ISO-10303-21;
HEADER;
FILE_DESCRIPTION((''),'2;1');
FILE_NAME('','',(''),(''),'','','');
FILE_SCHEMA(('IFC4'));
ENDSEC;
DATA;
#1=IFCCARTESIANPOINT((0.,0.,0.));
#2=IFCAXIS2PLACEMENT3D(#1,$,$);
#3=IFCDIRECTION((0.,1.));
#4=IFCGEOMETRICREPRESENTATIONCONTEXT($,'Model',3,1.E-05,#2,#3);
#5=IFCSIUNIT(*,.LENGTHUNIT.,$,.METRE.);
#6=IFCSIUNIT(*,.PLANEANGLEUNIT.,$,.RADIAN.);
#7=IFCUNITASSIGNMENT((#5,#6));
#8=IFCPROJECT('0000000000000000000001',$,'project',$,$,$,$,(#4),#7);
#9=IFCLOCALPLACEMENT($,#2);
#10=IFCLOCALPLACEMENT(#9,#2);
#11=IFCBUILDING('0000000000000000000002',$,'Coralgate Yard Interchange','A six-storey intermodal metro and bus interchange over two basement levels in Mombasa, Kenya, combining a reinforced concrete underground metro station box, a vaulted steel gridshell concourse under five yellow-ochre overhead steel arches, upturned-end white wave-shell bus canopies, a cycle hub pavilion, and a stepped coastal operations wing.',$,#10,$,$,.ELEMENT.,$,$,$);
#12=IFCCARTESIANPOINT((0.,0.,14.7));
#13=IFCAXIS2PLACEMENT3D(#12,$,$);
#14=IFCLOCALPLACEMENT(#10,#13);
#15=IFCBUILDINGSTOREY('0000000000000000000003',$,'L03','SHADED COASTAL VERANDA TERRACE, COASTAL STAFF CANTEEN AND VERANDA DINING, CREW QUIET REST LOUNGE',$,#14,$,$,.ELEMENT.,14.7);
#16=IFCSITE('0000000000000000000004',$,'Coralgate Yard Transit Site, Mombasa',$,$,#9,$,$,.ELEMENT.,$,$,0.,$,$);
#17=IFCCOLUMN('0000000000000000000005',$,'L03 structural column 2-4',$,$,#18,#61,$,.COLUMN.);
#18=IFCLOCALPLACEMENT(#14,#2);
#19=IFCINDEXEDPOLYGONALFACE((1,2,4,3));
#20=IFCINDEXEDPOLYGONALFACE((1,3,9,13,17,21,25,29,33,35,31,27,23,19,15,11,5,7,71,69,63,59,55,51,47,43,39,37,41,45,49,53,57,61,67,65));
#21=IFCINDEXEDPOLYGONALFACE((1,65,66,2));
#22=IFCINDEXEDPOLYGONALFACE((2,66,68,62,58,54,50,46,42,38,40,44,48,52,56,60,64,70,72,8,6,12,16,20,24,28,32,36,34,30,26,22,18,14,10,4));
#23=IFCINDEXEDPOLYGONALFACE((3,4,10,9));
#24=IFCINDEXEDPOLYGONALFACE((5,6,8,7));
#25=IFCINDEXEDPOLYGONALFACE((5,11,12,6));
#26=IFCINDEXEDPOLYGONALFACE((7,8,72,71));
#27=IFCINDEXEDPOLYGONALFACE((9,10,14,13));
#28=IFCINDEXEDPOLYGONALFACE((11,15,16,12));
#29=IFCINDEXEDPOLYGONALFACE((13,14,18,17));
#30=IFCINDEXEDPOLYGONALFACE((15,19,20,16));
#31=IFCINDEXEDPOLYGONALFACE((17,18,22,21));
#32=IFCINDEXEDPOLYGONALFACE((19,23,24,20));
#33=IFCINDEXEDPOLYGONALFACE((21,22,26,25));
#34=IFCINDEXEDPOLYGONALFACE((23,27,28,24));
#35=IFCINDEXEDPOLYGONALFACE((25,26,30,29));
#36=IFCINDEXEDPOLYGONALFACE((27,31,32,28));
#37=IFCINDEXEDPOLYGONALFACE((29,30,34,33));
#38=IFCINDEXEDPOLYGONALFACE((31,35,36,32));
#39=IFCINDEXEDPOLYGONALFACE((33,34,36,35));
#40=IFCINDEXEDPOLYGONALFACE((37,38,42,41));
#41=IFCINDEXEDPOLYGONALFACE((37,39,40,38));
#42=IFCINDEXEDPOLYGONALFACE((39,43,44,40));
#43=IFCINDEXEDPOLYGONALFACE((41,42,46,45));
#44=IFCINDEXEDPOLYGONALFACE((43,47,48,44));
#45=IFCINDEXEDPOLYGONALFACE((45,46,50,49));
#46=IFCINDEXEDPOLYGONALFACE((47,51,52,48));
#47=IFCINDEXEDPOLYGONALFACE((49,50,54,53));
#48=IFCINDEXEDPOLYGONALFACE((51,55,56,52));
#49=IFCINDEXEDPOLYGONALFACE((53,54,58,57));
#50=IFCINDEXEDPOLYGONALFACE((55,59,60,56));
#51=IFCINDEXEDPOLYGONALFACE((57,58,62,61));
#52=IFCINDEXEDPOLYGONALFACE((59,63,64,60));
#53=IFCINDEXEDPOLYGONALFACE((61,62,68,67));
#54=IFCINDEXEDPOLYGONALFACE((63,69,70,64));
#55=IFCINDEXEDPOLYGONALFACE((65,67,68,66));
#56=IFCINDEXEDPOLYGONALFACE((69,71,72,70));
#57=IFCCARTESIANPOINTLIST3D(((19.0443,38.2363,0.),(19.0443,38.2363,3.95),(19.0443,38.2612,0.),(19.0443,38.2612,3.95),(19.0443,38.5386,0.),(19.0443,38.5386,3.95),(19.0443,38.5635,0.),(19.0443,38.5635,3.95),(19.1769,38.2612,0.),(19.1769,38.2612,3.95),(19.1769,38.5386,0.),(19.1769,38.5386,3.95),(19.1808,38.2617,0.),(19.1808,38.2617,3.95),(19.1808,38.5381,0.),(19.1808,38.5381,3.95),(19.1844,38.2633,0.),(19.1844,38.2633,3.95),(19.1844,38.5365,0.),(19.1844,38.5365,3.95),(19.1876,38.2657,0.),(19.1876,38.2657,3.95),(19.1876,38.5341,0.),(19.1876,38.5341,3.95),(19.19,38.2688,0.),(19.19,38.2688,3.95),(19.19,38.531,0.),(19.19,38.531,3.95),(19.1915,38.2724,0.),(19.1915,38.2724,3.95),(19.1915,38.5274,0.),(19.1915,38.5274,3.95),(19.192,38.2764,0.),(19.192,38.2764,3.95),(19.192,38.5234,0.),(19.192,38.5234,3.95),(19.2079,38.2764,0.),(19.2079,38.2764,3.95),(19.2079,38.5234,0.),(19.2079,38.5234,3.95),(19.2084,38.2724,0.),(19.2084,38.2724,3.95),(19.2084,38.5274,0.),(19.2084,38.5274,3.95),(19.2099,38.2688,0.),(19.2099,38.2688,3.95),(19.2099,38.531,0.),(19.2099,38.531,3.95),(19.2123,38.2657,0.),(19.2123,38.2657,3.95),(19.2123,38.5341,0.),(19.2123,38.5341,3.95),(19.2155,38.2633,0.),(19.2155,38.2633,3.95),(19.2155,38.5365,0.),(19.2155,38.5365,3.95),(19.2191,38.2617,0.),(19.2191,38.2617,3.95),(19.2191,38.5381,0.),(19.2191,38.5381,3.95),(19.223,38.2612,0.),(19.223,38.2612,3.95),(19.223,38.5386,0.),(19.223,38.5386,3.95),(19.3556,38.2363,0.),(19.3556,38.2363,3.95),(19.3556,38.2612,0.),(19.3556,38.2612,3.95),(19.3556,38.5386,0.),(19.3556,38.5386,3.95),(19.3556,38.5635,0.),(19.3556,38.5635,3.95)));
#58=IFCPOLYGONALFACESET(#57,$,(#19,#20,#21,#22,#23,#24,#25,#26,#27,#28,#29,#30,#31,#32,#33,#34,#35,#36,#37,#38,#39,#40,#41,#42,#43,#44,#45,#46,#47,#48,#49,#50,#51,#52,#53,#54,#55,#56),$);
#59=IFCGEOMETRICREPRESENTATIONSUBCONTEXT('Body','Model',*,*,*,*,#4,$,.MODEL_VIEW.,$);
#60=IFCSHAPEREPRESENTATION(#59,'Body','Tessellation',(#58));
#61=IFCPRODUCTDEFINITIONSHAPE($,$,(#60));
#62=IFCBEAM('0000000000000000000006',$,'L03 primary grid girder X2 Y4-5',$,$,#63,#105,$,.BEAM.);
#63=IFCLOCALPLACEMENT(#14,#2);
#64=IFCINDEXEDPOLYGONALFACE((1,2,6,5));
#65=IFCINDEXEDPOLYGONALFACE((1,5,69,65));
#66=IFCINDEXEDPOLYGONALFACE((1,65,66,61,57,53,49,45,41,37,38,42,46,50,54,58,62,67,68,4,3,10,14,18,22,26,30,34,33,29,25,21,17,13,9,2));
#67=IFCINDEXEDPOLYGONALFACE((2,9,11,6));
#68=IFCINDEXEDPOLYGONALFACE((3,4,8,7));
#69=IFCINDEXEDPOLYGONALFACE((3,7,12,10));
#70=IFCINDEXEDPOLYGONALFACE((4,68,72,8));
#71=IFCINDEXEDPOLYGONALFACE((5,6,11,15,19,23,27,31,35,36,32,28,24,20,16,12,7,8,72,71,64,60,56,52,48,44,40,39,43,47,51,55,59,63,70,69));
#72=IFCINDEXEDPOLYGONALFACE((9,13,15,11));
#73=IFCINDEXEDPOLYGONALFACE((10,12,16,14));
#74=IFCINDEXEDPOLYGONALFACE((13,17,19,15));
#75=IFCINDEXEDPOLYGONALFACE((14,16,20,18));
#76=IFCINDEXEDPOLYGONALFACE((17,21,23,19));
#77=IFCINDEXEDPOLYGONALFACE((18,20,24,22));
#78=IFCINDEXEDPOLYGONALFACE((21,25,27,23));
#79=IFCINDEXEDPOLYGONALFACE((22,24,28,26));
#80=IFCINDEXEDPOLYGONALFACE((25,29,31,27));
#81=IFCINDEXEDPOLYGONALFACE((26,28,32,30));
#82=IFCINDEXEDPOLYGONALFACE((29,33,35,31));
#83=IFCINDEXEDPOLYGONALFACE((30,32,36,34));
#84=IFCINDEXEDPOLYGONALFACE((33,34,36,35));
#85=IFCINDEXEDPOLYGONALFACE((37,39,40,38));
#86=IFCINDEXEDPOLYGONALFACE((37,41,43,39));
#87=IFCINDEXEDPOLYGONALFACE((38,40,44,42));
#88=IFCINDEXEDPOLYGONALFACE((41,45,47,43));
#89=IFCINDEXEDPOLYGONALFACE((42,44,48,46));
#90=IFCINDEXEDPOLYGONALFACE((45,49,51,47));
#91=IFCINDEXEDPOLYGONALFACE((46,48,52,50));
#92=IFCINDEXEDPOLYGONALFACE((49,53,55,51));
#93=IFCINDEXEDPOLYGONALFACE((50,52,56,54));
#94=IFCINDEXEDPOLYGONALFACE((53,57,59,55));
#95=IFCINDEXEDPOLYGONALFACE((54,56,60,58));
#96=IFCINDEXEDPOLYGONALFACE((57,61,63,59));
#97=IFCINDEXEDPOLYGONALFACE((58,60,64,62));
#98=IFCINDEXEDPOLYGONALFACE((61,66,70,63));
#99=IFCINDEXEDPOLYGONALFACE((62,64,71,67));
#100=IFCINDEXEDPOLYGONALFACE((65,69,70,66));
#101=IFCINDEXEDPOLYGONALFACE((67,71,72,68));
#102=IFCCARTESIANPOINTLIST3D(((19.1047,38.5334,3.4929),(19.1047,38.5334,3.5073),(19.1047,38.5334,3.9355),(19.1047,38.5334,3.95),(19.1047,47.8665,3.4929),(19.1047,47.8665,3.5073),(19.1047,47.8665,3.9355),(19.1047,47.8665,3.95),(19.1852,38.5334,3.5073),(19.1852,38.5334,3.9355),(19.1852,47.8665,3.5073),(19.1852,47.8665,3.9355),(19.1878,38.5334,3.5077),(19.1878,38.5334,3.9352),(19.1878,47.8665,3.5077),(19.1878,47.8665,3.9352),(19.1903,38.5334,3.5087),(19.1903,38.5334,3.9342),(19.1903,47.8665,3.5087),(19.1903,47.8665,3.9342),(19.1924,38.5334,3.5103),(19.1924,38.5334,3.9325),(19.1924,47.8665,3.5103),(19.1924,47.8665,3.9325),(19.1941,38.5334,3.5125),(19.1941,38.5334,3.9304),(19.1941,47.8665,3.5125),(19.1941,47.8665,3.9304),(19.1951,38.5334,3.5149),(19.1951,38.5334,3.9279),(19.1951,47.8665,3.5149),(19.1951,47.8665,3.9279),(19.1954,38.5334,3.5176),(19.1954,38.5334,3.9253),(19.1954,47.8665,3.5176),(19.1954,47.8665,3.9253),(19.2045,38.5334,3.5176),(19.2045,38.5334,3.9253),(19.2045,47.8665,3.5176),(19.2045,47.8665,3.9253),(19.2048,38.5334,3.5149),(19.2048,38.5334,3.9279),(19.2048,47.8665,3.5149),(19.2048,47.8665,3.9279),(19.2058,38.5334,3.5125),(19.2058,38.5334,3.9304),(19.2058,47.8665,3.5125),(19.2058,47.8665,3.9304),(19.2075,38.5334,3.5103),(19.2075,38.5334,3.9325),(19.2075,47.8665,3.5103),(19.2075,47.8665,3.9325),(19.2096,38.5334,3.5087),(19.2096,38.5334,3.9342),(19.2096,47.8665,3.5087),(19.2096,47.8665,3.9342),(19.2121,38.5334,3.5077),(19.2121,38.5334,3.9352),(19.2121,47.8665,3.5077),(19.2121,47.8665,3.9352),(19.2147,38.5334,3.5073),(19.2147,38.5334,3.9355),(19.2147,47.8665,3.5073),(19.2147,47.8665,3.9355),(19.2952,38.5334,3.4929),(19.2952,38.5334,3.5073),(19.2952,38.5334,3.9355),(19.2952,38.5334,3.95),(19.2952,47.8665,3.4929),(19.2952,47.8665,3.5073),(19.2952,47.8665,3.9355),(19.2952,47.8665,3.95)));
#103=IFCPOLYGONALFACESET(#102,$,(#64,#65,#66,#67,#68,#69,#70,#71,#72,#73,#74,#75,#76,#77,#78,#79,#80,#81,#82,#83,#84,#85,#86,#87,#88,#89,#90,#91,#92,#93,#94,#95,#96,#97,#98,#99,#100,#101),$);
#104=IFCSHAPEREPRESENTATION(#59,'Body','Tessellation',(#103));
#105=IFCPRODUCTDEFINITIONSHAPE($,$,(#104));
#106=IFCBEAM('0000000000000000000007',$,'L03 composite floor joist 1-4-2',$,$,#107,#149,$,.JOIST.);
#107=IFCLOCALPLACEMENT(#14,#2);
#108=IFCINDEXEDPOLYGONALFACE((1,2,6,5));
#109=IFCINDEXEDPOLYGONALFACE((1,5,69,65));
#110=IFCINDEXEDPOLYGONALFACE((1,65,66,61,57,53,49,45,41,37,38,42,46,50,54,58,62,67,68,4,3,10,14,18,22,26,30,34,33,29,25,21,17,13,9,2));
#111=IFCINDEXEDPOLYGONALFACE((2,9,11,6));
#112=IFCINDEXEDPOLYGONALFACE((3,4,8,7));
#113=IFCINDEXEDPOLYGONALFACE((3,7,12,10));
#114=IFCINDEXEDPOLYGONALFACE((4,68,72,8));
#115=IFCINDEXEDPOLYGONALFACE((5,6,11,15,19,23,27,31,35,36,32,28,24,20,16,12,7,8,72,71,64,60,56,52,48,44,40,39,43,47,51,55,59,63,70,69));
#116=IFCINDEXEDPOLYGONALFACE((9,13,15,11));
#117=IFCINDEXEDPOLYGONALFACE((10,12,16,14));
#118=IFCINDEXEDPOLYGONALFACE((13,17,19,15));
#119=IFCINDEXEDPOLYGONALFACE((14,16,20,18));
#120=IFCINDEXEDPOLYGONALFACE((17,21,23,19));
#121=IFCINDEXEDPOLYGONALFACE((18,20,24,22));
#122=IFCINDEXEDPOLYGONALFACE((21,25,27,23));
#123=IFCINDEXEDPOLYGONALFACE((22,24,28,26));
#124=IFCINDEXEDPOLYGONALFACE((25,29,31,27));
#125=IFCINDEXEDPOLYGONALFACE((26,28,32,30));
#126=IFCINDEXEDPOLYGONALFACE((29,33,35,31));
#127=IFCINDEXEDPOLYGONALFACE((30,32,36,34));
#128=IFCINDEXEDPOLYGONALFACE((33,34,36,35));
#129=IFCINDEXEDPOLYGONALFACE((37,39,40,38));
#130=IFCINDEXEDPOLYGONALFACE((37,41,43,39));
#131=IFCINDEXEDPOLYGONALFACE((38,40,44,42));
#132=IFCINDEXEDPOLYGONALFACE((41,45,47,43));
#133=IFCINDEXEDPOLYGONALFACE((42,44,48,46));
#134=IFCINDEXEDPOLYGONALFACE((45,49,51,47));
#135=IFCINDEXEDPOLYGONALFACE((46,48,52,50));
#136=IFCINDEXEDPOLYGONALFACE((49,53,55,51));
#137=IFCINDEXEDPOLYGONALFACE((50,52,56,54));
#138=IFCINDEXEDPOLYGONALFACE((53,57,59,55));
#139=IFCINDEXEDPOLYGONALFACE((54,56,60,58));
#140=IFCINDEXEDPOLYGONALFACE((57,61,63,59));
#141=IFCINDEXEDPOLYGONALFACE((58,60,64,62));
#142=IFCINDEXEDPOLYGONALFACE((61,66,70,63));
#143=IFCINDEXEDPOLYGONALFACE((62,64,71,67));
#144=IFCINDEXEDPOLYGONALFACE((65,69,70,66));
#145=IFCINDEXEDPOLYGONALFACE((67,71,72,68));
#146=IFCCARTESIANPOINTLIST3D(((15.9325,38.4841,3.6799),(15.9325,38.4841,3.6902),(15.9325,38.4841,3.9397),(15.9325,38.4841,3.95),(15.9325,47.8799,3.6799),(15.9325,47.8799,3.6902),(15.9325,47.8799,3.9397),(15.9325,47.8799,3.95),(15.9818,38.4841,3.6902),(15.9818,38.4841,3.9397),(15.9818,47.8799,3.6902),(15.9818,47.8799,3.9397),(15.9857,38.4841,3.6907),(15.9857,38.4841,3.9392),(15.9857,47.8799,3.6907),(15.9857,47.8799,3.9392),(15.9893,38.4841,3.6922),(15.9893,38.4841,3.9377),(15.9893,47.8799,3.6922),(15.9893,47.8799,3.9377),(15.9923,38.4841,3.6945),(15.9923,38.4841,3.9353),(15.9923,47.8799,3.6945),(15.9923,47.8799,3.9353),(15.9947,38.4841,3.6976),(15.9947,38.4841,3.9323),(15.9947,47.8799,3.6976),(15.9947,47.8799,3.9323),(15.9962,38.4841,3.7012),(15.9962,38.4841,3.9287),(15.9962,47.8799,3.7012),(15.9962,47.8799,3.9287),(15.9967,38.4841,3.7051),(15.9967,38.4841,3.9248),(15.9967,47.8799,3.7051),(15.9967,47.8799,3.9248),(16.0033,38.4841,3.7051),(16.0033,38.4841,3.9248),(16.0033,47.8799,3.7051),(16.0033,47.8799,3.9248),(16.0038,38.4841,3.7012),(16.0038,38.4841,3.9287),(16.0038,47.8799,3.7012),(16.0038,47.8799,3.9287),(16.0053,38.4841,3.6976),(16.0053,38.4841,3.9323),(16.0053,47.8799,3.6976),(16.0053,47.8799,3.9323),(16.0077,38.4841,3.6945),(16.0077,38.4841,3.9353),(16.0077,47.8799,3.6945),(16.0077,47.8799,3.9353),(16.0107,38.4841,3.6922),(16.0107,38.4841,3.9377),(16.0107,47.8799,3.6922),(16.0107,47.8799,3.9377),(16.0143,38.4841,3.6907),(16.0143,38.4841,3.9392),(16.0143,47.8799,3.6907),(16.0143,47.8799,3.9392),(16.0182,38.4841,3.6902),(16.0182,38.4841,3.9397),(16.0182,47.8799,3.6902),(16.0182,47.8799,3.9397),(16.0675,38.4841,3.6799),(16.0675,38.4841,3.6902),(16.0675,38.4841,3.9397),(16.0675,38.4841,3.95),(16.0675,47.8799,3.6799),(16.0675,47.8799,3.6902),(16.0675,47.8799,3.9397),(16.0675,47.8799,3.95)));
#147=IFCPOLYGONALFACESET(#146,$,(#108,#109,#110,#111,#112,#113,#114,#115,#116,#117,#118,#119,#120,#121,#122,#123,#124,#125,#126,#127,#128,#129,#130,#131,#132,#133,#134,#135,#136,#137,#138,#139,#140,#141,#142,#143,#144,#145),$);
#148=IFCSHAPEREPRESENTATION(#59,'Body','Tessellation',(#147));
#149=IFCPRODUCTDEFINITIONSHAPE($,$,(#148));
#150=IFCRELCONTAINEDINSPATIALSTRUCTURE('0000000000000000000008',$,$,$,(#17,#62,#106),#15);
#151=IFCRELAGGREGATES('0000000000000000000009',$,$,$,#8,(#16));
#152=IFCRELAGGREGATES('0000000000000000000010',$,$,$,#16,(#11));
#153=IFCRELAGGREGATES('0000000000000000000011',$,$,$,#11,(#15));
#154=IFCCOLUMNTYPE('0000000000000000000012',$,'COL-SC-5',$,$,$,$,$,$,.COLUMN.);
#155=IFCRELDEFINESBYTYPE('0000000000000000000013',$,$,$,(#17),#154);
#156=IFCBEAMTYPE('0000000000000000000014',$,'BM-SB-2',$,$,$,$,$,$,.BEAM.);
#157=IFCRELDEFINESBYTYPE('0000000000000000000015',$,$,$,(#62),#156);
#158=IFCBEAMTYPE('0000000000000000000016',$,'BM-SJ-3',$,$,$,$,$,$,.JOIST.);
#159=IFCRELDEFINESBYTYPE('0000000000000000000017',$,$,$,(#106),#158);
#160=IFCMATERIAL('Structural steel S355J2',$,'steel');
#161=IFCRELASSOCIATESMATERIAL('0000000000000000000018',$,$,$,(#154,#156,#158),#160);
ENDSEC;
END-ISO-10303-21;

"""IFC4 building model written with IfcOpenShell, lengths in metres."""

from ifc_helpers import new_model, si_unit, direction, frame, origin, origin_2d, place, context, subcontext, project, spatial, i_section, extrude, material, material_profile, profile_set, type_object, element, save


model = new_model("IFC4")

# Units and contexts
model_context = context("Model", 3, precision=1e-05, world=origin(), true_north=direction((0.0, 1.0)))
body_context = subcontext(model_context, "Body", "Model", "MODEL_VIEW")
ifc_project = project(units=[si_unit("LENGTHUNIT", "METRE"), si_unit("PLANEANGLEUNIT", "RADIAN")], contexts=[model_context])

# Site, building, storey
site_placement = place(None, origin())
site = spatial("IfcSite", under=ifc_project, at=site_placement, Name="Coralgate Yard Transit Site, Mombasa", CompositionType="ELEMENT", RefElevation=0.0)
building_placement = place(site_placement, origin())
building = spatial("IfcBuilding", under=site, at=building_placement, Name="Coralgate Yard Interchange", Description="A six-storey intermodal metro and bus interchange over two basement levels in Mombasa, Kenya, combining a reinforced concrete underground metro station box, a vaulted steel gridshell concourse under five yellow-ochre overhead steel arches, upturned-end white wave-shell bus canopies, a cycle hub pavilion, and a stepped coastal operations wing.", CompositionType="ELEMENT")
storey_placement = place(building_placement, frame((0.0, 0.0, 14.7)))
storey = spatial("IfcBuildingStorey", under=building, at=storey_placement, Name="L03", Description="SHADED COASTAL VERANDA TERRACE, COASTAL STAFF CANTEEN AND VERANDA DINING, CREW QUIET REST LOUNGE", CompositionType="ELEMENT", Elevation=14.7)

# Column
ifc_material_1 = material(Name="Structural steel S355J2", Category="steel")
ifc_material_profile_1 = material_profile(ifc_material_1, i_section(OverallWidth=0.3113, OverallDepth=0.3271, WebThickness=0.0159, FlangeThickness=0.0249, FilletRadius=0.0151, at=origin_2d()), Name="UC 305x305x158")
ifc_profile_set_1 = profile_set([ifc_material_profile_1], Name="Structural steel S355J2")
column_type = type_object("IfcColumnType", Name="COL-SC-5", PredefinedType="COLUMN", material=ifc_profile_set_1)
column_placement = place(storey_placement, frame((19.2, 38.3999, 0.0), z_axis=(0.0, 0.0, 1.0), x_axis=(1.0, 0.0, 0.0)))
element("IfcColumn", 1, at=column_placement, inside=storey, type_object=column_type, Name="L03 structural column 2-4", PredefinedType="COLUMN", context=body_context, shape_type="SweptSolid", body=[
    extrude(i_section(OverallWidth=0.3113, OverallDepth=0.3271, WebThickness=0.0159, FlangeThickness=0.0249, FilletRadius=0.0151, at=origin_2d()), origin(), (0.0, 0.0, 1.0), 3.95),
])

# Beams
ifc_material_profile_2 = material_profile(ifc_material_1, i_section(OverallWidth=0.1904, OverallDepth=0.457, WebThickness=0.009, FlangeThickness=0.0144, FilletRadius=0.0103, at=origin_2d()), Name="UB 457x191x74")
ifc_profile_set_2 = profile_set([ifc_material_profile_2], Name="Structural steel S355J2")
beam_type_1 = type_object("IfcBeamType", Name="BM-SB-2", PredefinedType="BEAM", material=ifc_profile_set_2)
beam_1_placement = place(storey_placement, frame((19.2, 38.5334, 3.7214), z_axis=(0.0, 1.0, 0.0), x_axis=(-1.0, 0.0, 0.0)))
element("IfcBeam", 2, at=beam_1_placement, inside=storey, type_object=beam_type_1, Name="L03 primary grid girder X2 Y4-5", PredefinedType="BEAM", context=body_context, shape_type="SweptSolid", body=[
    extrude(i_section(OverallWidth=0.1904, OverallDepth=0.457, WebThickness=0.009, FlangeThickness=0.0144, FilletRadius=0.0103, at=origin_2d()), origin(), (0.0, 0.0, 1.0), 9.333),
])
ifc_material_profile_3 = material_profile(ifc_material_1, i_section(OverallWidth=0.135, OverallDepth=0.27, WebThickness=0.0066, FlangeThickness=0.0103, FilletRadius=0.0149, at=origin_2d()), Name="IPE 270")
ifc_profile_set_3 = profile_set([ifc_material_profile_3], Name="Structural steel S355J2")
beam_type_2 = type_object("IfcBeamType", Name="BM-SJ-3", PredefinedType="JOIST", material=ifc_profile_set_3)
beam_2_placement = place(storey_placement, frame((16.0, 38.4841, 3.8149), z_axis=(0.0, 1.0, 0.0), x_axis=(-1.0, 0.0, 0.0)))
element("IfcBeam", 3, at=beam_2_placement, inside=storey, type_object=beam_type_2, Name="L03 composite floor joist 1-4-2", PredefinedType="JOIST", context=body_context, shape_type="SweptSolid", body=[
    extrude(i_section(OverallWidth=0.135, OverallDepth=0.27, WebThickness=0.0066, FlangeThickness=0.0103, FilletRadius=0.0149, at=origin_2d()), origin(), (0.0, 0.0, 1.0), 9.3958),
])

save(model, "model.ifc")
